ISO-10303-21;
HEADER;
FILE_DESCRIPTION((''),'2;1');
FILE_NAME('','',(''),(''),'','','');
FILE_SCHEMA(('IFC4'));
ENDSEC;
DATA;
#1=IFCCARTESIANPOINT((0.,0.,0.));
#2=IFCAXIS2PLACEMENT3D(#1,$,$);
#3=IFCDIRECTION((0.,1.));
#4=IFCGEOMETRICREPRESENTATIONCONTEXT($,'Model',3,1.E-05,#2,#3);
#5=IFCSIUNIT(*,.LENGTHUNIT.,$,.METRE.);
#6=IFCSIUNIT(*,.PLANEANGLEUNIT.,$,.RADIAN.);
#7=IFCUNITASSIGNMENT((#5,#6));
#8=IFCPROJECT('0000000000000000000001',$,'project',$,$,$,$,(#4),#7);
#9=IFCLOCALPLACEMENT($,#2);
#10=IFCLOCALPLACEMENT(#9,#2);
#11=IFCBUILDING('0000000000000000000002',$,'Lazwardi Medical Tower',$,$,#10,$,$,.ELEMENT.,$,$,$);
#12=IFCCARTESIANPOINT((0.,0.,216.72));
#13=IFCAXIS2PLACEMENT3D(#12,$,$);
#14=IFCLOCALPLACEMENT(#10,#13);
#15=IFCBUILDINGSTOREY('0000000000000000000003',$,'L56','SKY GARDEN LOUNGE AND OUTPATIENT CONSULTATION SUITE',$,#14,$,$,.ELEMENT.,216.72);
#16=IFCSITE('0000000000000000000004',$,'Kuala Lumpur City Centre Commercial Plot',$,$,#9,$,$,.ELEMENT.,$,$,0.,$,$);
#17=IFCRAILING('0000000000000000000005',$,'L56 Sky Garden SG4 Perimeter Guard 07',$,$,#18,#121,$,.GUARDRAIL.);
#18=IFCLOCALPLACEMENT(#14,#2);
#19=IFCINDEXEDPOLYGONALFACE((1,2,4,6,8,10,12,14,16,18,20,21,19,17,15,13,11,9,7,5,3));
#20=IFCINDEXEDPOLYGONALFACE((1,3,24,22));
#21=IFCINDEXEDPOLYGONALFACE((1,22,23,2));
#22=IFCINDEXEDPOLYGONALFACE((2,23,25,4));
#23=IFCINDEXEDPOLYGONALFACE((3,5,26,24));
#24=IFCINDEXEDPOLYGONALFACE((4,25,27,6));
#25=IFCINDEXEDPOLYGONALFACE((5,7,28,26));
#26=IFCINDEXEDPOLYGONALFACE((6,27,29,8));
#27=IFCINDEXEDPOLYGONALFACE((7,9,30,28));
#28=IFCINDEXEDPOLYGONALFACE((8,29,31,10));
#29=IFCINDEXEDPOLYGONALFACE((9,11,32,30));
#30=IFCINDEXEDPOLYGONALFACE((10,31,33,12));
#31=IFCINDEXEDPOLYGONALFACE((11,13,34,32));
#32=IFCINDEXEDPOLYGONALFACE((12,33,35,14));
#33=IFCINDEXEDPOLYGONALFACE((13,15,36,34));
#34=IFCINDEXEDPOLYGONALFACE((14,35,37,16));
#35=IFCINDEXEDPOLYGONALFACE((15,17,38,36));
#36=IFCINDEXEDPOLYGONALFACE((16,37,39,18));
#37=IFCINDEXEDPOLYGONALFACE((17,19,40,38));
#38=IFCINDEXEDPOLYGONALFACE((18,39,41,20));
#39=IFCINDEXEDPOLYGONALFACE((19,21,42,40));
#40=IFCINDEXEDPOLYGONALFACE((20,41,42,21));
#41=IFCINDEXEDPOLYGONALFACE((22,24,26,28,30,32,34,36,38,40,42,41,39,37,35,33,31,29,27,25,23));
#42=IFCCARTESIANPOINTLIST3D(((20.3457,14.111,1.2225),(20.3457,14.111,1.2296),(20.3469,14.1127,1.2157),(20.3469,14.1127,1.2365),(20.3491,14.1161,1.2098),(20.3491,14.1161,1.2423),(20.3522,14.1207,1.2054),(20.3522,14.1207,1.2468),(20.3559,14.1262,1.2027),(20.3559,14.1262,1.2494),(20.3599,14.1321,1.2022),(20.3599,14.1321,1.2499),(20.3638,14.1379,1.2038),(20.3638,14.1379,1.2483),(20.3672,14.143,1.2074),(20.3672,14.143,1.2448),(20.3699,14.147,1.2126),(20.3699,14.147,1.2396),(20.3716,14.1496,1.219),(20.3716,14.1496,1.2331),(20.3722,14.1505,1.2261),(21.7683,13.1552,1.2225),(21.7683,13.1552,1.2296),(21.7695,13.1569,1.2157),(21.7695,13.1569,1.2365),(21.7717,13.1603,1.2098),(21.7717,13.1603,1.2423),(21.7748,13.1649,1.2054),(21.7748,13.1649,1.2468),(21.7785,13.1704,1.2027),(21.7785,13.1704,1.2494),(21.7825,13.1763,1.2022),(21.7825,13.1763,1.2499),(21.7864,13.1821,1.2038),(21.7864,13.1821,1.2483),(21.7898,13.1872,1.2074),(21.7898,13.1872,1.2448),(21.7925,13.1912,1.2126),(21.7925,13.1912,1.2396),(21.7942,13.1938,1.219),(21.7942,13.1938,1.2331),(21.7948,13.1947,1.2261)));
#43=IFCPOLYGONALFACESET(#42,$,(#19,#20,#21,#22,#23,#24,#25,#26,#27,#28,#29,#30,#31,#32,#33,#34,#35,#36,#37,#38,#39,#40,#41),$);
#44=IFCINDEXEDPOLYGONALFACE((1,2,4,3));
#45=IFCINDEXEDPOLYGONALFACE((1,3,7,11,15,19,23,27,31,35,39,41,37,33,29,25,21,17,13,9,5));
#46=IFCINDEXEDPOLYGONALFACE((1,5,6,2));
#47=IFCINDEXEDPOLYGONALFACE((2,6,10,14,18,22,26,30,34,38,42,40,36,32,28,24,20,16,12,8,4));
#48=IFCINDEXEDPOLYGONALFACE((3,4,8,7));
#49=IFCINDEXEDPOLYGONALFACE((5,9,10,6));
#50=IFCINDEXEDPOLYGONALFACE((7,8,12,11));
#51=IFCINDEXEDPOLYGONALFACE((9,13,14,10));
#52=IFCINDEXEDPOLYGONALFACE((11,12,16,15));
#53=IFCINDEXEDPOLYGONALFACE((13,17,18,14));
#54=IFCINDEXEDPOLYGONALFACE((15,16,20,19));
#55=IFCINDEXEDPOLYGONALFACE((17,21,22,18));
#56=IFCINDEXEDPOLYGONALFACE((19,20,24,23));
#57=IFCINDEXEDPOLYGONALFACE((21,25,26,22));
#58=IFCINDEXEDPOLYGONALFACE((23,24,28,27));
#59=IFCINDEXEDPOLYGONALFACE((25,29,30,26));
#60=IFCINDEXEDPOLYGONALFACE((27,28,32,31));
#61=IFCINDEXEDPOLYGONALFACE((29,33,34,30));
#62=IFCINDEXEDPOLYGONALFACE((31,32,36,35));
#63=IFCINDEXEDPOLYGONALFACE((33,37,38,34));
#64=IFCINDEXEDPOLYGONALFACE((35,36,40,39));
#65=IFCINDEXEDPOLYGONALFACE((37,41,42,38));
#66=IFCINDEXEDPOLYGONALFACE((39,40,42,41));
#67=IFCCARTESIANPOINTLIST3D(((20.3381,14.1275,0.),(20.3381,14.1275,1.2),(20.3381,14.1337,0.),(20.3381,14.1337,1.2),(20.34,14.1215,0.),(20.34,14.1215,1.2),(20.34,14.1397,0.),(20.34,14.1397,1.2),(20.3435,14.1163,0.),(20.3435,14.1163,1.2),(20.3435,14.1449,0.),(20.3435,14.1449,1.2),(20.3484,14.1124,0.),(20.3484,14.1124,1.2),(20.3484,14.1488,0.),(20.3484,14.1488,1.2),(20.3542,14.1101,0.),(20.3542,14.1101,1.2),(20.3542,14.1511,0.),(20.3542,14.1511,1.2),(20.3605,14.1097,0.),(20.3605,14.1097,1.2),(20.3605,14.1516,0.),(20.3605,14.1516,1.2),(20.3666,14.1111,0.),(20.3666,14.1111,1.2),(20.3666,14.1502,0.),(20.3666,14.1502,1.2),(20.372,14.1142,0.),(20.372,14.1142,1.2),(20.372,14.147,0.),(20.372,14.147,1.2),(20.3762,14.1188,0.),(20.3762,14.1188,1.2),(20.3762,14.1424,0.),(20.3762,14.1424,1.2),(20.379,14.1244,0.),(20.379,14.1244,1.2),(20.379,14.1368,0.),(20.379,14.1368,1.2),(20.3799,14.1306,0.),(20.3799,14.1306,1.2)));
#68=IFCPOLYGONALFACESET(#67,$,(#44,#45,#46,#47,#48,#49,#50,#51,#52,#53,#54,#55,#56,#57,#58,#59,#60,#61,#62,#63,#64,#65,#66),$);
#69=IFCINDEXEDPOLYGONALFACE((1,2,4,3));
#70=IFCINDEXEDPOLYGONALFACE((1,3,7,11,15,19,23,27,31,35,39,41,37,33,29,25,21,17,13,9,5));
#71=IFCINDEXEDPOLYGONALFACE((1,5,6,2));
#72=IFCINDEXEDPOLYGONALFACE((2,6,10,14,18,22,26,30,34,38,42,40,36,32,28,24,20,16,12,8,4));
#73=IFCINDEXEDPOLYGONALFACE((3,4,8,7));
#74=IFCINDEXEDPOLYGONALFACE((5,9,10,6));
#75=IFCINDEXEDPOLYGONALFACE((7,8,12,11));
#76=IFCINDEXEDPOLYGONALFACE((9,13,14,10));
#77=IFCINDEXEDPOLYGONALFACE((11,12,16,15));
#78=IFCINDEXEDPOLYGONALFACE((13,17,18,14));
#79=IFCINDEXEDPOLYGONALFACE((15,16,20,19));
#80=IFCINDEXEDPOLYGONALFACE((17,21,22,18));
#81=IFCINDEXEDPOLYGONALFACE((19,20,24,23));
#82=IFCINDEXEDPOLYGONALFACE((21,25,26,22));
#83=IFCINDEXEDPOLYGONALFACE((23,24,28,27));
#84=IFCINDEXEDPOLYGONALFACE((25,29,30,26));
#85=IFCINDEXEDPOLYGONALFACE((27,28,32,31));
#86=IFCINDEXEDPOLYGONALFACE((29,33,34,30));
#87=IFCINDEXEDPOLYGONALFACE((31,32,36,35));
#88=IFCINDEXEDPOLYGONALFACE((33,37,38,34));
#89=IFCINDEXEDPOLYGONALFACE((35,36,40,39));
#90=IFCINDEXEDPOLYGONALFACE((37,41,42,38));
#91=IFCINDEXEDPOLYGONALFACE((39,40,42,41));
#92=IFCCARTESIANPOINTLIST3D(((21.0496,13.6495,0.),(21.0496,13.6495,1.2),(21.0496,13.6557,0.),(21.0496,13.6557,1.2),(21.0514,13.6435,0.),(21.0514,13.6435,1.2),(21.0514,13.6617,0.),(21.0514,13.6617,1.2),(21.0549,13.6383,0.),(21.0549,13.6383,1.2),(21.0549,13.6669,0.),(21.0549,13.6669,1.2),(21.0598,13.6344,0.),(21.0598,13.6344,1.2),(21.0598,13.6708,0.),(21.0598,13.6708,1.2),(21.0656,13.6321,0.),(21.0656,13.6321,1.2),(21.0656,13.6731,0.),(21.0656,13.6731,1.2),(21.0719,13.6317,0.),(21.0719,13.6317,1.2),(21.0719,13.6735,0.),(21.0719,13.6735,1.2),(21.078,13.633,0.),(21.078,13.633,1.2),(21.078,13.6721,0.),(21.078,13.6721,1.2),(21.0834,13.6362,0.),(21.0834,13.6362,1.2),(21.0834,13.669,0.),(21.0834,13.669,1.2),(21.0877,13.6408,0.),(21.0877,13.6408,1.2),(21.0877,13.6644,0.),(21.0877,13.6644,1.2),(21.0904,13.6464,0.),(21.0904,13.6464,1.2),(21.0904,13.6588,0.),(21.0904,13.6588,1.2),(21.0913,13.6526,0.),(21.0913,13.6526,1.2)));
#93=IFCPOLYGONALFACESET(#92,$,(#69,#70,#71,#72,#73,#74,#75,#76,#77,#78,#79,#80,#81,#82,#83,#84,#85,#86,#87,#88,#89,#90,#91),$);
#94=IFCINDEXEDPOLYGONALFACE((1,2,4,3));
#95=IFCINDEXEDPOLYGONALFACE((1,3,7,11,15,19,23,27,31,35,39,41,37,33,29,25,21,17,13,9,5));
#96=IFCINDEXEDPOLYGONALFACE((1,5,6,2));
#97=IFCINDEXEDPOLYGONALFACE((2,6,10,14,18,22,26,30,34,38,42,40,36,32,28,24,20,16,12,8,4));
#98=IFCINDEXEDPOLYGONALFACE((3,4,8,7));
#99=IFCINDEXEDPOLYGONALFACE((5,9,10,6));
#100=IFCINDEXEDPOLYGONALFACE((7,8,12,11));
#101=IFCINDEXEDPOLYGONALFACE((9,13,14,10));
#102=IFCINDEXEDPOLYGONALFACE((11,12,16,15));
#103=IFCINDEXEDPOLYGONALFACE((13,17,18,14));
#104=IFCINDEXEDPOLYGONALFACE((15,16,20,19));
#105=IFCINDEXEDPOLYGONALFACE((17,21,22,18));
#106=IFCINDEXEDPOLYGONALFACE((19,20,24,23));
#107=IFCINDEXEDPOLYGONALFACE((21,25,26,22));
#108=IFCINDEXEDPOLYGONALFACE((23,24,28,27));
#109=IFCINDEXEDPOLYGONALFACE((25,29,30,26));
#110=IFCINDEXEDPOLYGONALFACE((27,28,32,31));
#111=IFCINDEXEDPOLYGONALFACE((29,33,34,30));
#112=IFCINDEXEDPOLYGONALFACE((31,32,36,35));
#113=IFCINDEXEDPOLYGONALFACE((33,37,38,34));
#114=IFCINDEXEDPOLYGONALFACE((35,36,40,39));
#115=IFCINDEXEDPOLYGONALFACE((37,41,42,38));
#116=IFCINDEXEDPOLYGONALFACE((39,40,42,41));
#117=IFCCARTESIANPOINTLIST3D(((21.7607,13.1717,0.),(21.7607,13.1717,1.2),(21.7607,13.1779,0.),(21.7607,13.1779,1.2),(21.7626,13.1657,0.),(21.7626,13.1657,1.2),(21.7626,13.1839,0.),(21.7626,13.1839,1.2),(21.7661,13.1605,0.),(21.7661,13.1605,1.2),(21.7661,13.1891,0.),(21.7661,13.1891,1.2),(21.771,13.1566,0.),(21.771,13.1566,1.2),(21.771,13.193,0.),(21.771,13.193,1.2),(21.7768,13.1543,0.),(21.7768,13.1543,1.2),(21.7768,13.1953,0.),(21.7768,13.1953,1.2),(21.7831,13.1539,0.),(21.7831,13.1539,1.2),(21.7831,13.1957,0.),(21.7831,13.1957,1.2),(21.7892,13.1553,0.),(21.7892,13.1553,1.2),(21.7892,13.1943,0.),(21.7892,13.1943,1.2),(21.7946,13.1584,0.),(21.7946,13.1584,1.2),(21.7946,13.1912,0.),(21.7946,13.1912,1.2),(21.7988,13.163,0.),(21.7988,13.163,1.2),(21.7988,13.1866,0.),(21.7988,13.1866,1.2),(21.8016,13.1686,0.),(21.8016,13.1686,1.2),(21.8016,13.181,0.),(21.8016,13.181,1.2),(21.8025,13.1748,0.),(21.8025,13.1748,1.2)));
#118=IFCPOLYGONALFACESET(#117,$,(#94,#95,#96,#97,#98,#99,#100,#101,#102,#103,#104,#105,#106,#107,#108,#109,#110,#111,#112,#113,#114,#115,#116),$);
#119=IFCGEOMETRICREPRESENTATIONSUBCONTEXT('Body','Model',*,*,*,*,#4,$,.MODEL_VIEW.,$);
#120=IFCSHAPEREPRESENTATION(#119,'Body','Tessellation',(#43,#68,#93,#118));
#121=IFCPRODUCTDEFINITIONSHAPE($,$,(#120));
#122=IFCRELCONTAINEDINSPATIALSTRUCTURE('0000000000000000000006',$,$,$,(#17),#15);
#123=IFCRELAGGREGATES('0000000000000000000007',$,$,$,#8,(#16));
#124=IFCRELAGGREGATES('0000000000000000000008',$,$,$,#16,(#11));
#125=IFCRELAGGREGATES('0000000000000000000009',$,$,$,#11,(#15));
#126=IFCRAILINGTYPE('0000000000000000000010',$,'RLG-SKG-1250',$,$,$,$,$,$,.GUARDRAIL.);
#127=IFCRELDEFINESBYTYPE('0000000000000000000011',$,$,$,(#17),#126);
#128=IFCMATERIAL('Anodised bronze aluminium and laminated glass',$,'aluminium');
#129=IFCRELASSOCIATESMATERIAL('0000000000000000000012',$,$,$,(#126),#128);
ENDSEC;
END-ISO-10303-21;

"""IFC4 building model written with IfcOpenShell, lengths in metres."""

from ifc_helpers import new_model, si_unit, direction, frame, origin, origin_2d, place, context, subcontext, project, spatial, circle, extrude, material, type_object, element, save


model = new_model("IFC4")

# Units and contexts
model_context = context("Model", 3, precision=1e-05, world=origin(), true_north=direction((0.0, 1.0)))
body_context = subcontext(model_context, "Body", "Model", "MODEL_VIEW")
ifc_project = project(units=[si_unit("LENGTHUNIT", "METRE"), si_unit("PLANEANGLEUNIT", "RADIAN")], contexts=[model_context])

# Site, building, storey
site_placement = place(None, origin())
site = spatial("IfcSite", under=ifc_project, at=site_placement, Name="Kuala Lumpur City Centre Commercial Plot", CompositionType="ELEMENT", RefElevation=0.0)
building_placement = place(site_placement, origin())
building = spatial("IfcBuilding", under=site, at=building_placement, Name="Lazwardi Medical Tower", CompositionType="ELEMENT")
storey_placement = place(building_placement, frame((0.0, 0.0, 216.72)))
storey = spatial("IfcBuildingStorey", under=building, at=storey_placement, Name="L56", Description="SKY GARDEN LOUNGE AND OUTPATIENT CONSULTATION SUITE", CompositionType="ELEMENT", Elevation=216.72)

# Railing
ifc_material_1 = material(Name="Anodised bronze aluminium and laminated glass", Category="aluminium")
railing_type = type_object("IfcRailingType", Name="RLG-SKG-1250", PredefinedType="GUARDRAIL", material=ifc_material_1)
railing_1_placement = place(storey_placement, frame((20.3589, 14.1306, 0.0)))
element("IfcRailing", 1, at=railing_1_placement, inside=storey, type_object=railing_type, Name="L56 Sky Garden SG4 Perimeter Guard 07", PredefinedType="GUARDRAIL", context=body_context, shape_type="SweptSolid", body=[
    extrude(circle(Radius=0.0239, at=origin_2d()), frame((0.0, 0.0, 1.2261), z_axis=(0.830051, -0.557688, 0.0), x_axis=(0.557688, 0.830051, 0.0)), (0.0, 0.0, 1.0), 1.7139),
    extrude(circle(Radius=0.021, at=origin_2d()), origin(), (0.0, 0.0, 1.0), 1.2),
    extrude(circle(Radius=0.021, at=origin_2d()), frame((0.7114, -0.478, 0.0)), (0.0, 0.0, 1.0), 1.2),
    extrude(circle(Radius=0.021, at=origin_2d()), frame((1.4226, -0.9558, 0.0)), (0.0, 0.0, 1.0), 1.2),
])

save(model, "model.ifc")
